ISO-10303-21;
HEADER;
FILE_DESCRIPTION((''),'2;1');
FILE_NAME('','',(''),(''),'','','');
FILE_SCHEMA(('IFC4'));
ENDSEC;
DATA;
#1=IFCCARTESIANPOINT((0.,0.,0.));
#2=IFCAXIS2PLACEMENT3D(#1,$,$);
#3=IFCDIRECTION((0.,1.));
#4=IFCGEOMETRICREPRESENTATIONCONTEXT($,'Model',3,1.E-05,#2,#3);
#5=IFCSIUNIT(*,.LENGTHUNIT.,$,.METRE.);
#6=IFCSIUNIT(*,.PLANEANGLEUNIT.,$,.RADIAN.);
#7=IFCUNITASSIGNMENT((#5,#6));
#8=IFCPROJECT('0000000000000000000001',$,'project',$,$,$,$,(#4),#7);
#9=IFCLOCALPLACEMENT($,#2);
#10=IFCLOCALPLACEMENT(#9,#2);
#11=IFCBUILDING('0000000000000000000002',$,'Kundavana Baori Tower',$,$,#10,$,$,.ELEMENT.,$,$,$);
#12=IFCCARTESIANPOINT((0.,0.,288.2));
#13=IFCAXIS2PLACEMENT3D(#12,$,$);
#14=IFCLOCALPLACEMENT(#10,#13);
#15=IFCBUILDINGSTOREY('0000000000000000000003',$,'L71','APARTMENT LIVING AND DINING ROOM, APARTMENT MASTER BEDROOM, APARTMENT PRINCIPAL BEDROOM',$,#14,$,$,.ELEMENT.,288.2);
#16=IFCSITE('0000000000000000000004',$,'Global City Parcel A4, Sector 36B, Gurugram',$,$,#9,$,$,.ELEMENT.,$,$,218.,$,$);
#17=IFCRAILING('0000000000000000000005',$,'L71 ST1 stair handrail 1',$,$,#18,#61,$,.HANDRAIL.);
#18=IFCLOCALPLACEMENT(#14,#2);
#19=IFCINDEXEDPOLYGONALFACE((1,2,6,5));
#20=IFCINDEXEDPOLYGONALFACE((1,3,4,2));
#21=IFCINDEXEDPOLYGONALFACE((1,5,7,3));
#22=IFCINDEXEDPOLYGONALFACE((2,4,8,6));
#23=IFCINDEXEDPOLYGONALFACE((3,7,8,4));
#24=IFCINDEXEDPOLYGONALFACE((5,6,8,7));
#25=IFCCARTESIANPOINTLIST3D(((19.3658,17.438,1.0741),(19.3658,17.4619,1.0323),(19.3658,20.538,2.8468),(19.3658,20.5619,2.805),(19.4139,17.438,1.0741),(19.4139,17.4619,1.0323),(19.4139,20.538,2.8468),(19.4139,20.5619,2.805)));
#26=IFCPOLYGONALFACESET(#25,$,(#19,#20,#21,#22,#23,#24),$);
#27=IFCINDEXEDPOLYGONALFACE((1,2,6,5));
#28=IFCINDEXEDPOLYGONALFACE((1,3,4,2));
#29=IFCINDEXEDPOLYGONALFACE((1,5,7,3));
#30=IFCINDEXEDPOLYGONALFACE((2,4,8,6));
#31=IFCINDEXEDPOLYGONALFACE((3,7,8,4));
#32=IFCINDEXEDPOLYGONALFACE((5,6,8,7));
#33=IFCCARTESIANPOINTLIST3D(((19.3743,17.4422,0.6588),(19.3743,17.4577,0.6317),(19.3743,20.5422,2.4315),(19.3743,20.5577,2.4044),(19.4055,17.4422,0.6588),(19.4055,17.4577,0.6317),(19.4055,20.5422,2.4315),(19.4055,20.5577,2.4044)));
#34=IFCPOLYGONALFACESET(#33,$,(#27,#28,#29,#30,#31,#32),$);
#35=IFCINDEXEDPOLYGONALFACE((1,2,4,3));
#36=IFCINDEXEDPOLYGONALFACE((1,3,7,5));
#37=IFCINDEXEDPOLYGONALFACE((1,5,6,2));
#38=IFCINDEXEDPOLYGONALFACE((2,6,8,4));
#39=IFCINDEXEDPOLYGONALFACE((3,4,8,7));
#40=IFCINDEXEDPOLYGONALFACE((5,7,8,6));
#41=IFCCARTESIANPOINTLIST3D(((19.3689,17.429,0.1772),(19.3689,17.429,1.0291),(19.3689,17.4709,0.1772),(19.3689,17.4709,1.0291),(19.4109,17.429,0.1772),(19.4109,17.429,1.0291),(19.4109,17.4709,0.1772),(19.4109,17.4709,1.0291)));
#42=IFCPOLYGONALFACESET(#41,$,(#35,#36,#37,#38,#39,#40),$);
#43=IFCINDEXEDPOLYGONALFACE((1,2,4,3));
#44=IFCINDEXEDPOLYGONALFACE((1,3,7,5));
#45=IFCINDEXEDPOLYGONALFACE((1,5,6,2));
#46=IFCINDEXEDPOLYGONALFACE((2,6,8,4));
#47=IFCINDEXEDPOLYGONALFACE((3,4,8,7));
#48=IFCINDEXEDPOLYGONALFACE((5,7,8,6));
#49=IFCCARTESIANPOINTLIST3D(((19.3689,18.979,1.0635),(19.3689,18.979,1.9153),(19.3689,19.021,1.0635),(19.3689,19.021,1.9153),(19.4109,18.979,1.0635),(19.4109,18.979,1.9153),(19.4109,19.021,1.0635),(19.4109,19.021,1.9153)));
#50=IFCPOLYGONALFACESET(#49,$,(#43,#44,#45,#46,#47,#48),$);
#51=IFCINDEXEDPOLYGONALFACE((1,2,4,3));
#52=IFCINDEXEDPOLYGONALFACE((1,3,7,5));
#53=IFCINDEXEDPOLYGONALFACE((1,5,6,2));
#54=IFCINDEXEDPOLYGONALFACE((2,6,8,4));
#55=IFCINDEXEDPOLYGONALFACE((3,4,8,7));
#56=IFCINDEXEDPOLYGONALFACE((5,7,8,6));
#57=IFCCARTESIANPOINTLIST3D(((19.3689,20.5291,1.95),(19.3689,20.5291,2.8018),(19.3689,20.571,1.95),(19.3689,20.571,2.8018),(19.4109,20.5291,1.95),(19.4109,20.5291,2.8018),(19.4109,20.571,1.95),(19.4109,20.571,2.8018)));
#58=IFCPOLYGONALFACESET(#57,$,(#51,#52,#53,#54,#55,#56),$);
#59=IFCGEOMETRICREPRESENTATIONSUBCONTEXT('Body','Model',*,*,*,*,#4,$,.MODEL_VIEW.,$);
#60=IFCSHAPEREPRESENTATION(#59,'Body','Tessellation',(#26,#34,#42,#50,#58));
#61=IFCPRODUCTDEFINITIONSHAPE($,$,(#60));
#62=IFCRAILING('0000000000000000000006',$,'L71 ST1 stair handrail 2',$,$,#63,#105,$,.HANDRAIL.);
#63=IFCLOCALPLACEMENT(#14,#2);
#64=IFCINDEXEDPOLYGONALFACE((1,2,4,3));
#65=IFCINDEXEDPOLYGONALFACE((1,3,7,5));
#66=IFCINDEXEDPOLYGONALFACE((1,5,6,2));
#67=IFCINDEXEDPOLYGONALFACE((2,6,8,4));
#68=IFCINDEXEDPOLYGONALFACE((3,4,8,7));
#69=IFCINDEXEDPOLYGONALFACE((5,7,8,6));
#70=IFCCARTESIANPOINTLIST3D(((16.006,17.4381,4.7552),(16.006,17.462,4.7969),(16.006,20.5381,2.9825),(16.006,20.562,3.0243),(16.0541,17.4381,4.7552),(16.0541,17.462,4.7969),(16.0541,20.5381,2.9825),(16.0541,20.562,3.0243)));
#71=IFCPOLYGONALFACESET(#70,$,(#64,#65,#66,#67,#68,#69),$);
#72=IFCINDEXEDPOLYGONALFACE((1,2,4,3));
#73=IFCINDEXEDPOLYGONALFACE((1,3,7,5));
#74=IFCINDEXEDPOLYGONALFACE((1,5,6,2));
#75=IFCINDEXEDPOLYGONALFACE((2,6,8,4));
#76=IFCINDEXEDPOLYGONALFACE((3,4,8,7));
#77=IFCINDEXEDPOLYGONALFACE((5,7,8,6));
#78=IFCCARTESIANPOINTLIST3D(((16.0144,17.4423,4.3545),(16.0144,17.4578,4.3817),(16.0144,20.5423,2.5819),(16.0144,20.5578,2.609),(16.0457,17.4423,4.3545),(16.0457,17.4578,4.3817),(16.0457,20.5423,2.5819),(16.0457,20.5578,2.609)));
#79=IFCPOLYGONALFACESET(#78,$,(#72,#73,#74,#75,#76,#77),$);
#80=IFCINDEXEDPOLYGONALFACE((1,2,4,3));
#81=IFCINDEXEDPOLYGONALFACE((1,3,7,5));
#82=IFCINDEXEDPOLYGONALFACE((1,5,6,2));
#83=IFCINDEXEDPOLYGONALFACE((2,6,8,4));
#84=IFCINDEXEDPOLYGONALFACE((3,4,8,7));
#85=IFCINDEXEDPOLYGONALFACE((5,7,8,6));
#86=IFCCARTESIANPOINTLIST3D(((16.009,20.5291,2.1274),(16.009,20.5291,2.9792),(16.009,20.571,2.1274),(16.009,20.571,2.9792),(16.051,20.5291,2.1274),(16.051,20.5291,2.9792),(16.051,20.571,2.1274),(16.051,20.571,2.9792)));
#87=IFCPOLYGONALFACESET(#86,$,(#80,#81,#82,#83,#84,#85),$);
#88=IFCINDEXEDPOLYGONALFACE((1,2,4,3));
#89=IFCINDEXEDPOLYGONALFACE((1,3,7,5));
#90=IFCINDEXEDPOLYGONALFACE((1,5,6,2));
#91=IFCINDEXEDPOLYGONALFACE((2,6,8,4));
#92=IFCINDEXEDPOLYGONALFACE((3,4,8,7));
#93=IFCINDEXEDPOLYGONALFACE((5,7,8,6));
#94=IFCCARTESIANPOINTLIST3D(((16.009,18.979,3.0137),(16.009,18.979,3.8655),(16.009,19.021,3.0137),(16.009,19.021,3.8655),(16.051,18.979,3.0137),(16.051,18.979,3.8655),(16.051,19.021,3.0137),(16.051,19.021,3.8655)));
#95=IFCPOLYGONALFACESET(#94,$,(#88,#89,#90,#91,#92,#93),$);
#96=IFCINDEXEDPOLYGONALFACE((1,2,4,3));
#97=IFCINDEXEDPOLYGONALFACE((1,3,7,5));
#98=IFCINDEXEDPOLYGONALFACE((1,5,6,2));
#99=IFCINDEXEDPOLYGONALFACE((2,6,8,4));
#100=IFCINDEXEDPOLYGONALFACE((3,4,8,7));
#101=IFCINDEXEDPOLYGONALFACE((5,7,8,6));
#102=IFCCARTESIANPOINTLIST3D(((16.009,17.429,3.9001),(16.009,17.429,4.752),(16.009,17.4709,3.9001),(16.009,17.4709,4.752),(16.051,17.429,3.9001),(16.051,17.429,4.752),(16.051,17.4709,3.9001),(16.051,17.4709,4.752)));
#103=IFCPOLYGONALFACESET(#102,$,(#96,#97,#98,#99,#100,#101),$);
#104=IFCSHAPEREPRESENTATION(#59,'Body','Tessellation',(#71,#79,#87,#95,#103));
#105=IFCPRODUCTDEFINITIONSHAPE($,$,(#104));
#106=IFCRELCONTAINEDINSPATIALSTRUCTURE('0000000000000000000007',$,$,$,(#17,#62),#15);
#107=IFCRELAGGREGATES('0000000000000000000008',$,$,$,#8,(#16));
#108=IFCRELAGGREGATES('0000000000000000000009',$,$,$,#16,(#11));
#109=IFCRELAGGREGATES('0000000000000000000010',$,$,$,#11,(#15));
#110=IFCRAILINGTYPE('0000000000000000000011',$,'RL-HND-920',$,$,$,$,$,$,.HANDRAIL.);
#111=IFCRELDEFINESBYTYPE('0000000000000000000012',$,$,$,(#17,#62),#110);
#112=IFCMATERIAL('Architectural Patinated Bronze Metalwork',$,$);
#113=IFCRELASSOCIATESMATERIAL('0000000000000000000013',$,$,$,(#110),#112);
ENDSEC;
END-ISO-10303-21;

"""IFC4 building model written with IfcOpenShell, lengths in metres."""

from ifc_helpers import new_model, si_unit, direction, frame, origin, origin_2d, place, context, subcontext, project, spatial, rectangle, extrude, material, type_object, element, save


model = new_model("IFC4")

# Units and contexts
model_context = context("Model", 3, precision=1e-05, world=origin(), true_north=direction((0.0, 1.0)))
body_context = subcontext(model_context, "Body", "Model", "MODEL_VIEW")
ifc_project = project(units=[si_unit("LENGTHUNIT", "METRE"), si_unit("PLANEANGLEUNIT", "RADIAN")], contexts=[model_context])

# Site, building, storey
site_placement = place(None, origin())
site = spatial("IfcSite", under=ifc_project, at=site_placement, Name="Global City Parcel A4, Sector 36B, Gurugram", CompositionType="ELEMENT", RefElevation=218.0)
building_placement = place(site_placement, origin())
building = spatial("IfcBuilding", under=site, at=building_placement, Name="Kundavana Baori Tower", CompositionType="ELEMENT")
storey_placement = place(building_placement, frame((0.0, 0.0, 288.2)))
storey = spatial("IfcBuildingStorey", under=building, at=storey_placement, Name="L71", Description="APARTMENT LIVING AND DINING ROOM, APARTMENT MASTER BEDROOM, APARTMENT PRINCIPAL BEDROOM", CompositionType="ELEMENT", Elevation=288.2)

# Railings
ifc_material_1 = material(Name="Architectural Patinated Bronze Metalwork")
railing_type_1 = type_object("IfcRailingType", Name="RL-HND-920", PredefinedType="HANDRAIL", material=ifc_material_1)
railing_1_placement = place(storey_placement, frame((19.3899, 17.45, 0.1772)))
element("IfcRailing", 1, at=railing_1_placement, inside=storey, type_object=railing_type_1, Name="L71 ST1 stair handrail 1", PredefinedType="HANDRAIL", context=body_context, shape_type="SweptSolid", body=[
    extrude(rectangle(XDim=0.0481, YDim=0.0481, at=origin_2d()), frame((0.0, 0.0, 0.876), z_axis=(0.0, 0.868096, 0.496397), x_axis=(-1.0, 0.0, 0.0)), (0.0, 0.0, 1.0), 3.571),
    extrude(rectangle(XDim=0.0312, YDim=0.0312, at=origin_2d()), frame((0.0, 0.0, 0.468), z_axis=(0.0, 0.868096, 0.496397), x_axis=(-1.0, 0.0, 0.0)), (0.0, 0.0, 1.0), 3.571),
    extrude(rectangle(XDim=0.042, YDim=0.042, at=origin_2d()), origin(), (0.0, 0.0, 1.0), 0.8518),
    extrude(rectangle(XDim=0.042, YDim=0.042, at=origin_2d()), frame((0.0, 1.55, 0.8862)), (0.0, 0.0, 1.0), 0.8518),
    extrude(rectangle(XDim=0.042, YDim=0.042, at=origin_2d()), frame((0.0, 3.1001, 1.7727)), (0.0, 0.0, 1.0), 0.8518),
])
railing_2_placement = place(storey_placement, frame((16.03, 20.55, 2.1274)))
element("IfcRailing", 2, at=railing_2_placement, inside=storey, type_object=railing_type_1, Name="L71 ST1 stair handrail 2", PredefinedType="HANDRAIL", context=body_context, shape_type="SweptSolid", body=[
    extrude(rectangle(XDim=0.0481, YDim=0.0481, at=origin_2d()), frame((0.0, 0.0, 0.876), z_axis=(0.0, -0.868096, 0.496397), x_axis=(1.0, 0.0, 0.0)), (0.0, 0.0, 1.0), 3.571),
    extrude(rectangle(XDim=0.0312, YDim=0.0312, at=origin_2d()), frame((0.0, 0.0, 0.468), z_axis=(0.0, -0.868096, 0.496397), x_axis=(1.0, 0.0, 0.0)), (0.0, 0.0, 1.0), 3.571),
    extrude(rectangle(XDim=0.042, YDim=0.042, at=origin_2d()), origin(), (0.0, 0.0, 1.0), 0.8518),
    extrude(rectangle(XDim=0.042, YDim=0.042, at=origin_2d()), frame((0.0, -1.55, 0.8862)), (0.0, 0.0, 1.0), 0.8518),
    extrude(rectangle(XDim=0.042, YDim=0.042, at=origin_2d()), frame((0.0, -3.1001, 1.7727)), (0.0, 0.0, 1.0), 0.8518),
])

save(model, "model.ifc")
